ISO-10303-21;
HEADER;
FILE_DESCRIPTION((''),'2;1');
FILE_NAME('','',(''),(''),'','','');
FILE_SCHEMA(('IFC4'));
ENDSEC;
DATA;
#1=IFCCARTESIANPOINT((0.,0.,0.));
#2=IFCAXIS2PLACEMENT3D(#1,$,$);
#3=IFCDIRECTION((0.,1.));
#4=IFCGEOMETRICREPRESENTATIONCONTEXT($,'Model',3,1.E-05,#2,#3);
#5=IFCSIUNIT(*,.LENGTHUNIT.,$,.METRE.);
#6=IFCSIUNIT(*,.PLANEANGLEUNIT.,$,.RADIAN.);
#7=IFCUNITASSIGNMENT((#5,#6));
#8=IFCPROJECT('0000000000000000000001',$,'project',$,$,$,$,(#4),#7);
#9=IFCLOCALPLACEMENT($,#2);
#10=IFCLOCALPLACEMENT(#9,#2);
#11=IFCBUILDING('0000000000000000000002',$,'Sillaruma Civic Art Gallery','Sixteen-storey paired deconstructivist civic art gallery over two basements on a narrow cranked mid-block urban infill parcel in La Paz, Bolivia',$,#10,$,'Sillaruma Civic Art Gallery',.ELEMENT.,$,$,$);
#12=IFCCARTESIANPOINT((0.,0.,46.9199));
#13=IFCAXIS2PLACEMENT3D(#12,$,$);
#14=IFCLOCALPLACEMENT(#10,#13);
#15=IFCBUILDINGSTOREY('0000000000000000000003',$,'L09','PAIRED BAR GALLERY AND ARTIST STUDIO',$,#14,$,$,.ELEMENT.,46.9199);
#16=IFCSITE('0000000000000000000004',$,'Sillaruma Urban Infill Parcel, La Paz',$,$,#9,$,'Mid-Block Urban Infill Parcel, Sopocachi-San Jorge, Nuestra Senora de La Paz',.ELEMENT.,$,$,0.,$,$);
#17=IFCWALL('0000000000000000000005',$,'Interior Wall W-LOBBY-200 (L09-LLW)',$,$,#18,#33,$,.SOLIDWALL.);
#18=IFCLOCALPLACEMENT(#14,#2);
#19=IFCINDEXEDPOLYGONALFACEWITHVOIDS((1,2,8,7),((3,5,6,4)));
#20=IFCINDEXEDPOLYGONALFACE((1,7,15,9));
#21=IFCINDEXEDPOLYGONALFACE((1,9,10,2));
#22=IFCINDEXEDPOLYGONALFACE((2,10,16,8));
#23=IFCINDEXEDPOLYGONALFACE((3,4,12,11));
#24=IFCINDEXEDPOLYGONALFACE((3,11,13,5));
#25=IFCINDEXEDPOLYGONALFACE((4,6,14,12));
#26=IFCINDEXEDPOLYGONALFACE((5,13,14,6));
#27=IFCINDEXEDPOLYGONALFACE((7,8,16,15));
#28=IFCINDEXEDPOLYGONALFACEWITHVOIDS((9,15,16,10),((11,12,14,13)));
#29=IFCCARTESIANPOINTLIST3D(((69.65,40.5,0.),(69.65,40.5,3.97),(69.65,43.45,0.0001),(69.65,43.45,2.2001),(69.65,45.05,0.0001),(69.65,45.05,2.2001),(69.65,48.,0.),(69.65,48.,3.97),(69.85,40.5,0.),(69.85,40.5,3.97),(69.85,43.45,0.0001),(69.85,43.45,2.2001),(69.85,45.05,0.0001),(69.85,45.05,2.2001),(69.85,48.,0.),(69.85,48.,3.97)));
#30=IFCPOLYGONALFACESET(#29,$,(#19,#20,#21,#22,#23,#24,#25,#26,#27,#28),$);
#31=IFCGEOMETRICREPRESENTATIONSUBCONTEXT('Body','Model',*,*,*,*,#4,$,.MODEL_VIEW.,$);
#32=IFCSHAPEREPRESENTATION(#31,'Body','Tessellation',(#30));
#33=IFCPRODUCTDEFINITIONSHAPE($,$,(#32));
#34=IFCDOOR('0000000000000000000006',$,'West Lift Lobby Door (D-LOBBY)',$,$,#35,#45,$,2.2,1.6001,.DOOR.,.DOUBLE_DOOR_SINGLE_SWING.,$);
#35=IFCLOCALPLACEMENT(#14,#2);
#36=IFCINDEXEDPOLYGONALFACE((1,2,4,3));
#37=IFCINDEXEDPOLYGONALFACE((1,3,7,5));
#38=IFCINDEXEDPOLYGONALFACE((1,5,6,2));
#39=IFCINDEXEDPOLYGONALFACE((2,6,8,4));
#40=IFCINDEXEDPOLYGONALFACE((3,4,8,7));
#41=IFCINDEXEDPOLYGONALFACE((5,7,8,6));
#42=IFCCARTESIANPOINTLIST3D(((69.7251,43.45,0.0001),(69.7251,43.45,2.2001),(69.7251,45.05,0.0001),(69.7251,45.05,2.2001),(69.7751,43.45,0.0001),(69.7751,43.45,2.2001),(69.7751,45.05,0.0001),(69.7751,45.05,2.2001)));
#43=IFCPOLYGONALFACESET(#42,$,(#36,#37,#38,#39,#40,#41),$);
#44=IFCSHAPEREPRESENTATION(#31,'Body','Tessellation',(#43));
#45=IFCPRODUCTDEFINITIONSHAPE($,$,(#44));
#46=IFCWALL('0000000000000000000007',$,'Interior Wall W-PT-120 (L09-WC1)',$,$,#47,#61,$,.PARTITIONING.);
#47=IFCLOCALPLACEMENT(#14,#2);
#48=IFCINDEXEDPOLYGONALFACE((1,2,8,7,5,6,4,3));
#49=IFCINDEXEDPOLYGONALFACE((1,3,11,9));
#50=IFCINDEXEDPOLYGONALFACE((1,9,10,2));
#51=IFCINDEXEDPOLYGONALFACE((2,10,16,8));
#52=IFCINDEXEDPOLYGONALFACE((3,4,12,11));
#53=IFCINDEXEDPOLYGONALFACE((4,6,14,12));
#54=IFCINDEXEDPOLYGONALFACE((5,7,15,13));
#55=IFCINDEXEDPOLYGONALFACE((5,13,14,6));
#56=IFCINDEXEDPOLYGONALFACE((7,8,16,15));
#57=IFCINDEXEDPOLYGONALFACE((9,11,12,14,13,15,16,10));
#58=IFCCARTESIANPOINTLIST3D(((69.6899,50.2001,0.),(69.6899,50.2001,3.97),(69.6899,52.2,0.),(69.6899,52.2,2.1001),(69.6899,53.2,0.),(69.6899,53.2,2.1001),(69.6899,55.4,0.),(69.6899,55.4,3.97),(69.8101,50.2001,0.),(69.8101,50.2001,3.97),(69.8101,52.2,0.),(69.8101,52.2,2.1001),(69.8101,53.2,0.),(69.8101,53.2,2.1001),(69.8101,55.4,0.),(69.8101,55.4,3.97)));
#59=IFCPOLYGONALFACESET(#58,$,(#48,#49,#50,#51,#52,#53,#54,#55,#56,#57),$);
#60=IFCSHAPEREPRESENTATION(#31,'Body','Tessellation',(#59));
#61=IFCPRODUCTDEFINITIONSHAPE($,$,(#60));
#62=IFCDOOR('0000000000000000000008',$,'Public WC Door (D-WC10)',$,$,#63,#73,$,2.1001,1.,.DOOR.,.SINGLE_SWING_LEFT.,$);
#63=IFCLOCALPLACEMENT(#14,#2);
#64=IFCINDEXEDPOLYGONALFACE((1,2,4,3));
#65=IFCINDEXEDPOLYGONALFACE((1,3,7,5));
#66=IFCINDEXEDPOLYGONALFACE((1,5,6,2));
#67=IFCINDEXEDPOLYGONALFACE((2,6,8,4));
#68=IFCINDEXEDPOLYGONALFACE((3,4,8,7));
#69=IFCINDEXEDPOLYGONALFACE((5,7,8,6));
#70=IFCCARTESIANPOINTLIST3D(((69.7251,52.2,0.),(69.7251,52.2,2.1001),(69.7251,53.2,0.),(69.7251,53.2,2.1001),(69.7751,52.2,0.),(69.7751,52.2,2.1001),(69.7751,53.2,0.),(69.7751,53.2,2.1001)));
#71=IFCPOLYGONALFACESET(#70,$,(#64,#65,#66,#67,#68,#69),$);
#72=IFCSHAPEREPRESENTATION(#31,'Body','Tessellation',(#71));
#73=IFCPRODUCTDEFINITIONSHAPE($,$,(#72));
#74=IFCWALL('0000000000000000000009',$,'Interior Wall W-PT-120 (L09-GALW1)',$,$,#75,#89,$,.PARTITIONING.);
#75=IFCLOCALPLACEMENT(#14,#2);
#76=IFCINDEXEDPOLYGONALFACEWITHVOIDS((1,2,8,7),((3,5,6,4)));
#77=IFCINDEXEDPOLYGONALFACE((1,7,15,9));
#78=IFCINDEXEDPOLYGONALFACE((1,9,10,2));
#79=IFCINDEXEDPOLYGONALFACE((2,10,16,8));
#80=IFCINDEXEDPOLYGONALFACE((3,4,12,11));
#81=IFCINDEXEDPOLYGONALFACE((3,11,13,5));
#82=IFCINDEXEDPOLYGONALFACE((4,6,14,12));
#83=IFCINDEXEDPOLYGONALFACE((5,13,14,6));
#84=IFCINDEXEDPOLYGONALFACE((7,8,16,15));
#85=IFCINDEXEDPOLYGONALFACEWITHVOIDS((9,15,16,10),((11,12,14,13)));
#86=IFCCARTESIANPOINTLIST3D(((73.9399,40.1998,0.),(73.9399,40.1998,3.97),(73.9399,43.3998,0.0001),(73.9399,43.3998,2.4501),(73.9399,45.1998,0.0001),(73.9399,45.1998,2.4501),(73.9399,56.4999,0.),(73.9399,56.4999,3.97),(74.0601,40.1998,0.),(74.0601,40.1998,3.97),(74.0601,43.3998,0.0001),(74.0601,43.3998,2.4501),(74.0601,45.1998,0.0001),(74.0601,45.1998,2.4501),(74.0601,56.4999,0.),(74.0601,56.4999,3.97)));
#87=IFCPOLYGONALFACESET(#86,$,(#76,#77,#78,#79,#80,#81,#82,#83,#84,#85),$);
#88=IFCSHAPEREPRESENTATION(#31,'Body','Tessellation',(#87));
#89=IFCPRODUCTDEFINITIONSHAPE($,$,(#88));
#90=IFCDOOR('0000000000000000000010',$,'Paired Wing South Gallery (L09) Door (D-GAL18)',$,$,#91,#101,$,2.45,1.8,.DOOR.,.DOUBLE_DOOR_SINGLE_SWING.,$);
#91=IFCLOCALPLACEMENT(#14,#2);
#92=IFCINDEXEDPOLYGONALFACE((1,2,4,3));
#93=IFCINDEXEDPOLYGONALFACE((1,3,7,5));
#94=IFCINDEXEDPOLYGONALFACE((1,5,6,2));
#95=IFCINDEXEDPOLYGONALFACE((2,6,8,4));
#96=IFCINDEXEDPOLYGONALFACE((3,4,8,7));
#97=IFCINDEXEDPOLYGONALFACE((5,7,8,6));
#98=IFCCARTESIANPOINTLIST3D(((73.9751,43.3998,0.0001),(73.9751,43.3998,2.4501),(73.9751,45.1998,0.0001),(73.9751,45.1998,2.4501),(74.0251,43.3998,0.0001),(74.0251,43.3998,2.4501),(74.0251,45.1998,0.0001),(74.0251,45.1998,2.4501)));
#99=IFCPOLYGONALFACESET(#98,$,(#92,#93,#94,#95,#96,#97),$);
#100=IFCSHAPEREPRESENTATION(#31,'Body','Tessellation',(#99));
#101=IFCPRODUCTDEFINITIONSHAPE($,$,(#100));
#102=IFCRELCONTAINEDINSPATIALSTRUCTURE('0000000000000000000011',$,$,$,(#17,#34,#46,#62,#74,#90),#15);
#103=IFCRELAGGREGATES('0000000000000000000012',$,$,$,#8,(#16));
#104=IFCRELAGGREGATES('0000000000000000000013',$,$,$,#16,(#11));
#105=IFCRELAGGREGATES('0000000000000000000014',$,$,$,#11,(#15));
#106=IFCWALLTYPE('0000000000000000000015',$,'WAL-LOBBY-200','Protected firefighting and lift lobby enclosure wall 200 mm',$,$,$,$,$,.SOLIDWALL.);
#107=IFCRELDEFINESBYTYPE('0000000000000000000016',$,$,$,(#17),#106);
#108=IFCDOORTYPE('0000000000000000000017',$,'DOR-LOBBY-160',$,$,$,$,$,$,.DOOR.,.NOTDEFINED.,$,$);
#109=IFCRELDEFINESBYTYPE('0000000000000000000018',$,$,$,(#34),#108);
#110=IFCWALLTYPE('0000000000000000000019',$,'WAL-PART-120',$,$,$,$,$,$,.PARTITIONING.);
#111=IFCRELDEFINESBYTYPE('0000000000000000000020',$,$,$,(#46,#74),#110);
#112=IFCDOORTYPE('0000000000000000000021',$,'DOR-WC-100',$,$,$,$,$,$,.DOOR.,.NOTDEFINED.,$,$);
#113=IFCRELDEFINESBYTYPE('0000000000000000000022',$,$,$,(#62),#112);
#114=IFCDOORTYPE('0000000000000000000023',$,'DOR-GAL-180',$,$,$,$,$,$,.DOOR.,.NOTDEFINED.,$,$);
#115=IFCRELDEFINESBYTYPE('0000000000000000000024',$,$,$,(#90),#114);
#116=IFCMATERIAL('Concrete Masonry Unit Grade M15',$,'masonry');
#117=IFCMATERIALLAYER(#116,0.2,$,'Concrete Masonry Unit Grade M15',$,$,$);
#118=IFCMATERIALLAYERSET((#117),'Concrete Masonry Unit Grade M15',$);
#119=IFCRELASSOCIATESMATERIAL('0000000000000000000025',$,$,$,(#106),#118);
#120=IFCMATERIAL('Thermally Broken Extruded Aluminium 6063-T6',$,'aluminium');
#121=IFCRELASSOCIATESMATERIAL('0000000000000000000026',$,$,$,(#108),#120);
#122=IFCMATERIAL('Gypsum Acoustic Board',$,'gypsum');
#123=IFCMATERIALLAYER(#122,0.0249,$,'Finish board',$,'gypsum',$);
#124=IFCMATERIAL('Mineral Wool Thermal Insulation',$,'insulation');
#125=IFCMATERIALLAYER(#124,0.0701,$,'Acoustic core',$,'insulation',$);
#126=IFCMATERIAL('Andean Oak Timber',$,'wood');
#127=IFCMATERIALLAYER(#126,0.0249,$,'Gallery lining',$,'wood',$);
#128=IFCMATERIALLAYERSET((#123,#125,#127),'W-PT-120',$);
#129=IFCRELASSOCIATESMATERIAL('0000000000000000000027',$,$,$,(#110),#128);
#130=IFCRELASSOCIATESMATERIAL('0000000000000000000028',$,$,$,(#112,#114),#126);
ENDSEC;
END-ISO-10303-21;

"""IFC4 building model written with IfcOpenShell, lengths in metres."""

from ifc_helpers import new_model, si_unit, direction, frame, frame_2d, origin, place, context, subcontext, project, spatial, rectangle, extrude, material, layer, layer_set, type_object, element, fill, save


model = new_model("IFC4")

# Units and contexts
model_context = context("Model", 3, precision=1e-05, world=origin(), true_north=direction((0.0, 1.0)))
body_context = subcontext(model_context, "Body", "Model", "MODEL_VIEW")
ifc_project = project(units=[si_unit("LENGTHUNIT", "METRE"), si_unit("PLANEANGLEUNIT", "RADIAN")], contexts=[model_context])

# Site, building, storey
site_placement = place(None, origin())
site = spatial("IfcSite", under=ifc_project, at=site_placement, Name="Sillaruma Urban Infill Parcel, La Paz", LongName="Mid-Block Urban Infill Parcel, Sopocachi-San Jorge, Nuestra Senora de La Paz", CompositionType="ELEMENT", RefElevation=0.0)
building_placement = place(site_placement, origin())
building = spatial("IfcBuilding", under=site, at=building_placement, Name="Sillaruma Civic Art Gallery", Description="Sixteen-storey paired deconstructivist civic art gallery over two basements on a narrow cranked mid-block urban infill parcel in La Paz, Bolivia", LongName="Sillaruma Civic Art Gallery", CompositionType="ELEMENT")
storey_placement = place(building_placement, frame((0.0, 0.0, 46.9199)))
storey = spatial("IfcBuildingStorey", under=building, at=storey_placement, Name="L09", Description="PAIRED BAR GALLERY AND ARTIST STUDIO", CompositionType="ELEMENT", Elevation=46.9199)

# Walls, openings, doors
ifc_material_1 = material(Name="Concrete Masonry Unit Grade M15", Category="masonry")
ifc_layer_1 = layer(ifc_material_1, 0.2, Name="Concrete Masonry Unit Grade M15")
ifc_layer_set_1 = layer_set([ifc_layer_1], Name="Concrete Masonry Unit Grade M15")
wall_type_1 = type_object("IfcWallType", Name="WAL-LOBBY-200", Description="Protected firefighting and lift lobby enclosure wall 200 mm", PredefinedType="SOLIDWALL", material=ifc_layer_set_1)
wall_1_placement = place(storey_placement, frame((69.75, 40.5, 0.0), z_axis=(0.0, 0.0, 1.0), x_axis=(0.0, 1.0, 0.0)))
wall_1 = element("IfcWall", 1, at=wall_1_placement, inside=storey, type_object=wall_type_1, Name="Interior Wall W-LOBBY-200 (L09-LLW)", PredefinedType="SOLIDWALL", context=body_context, shape_type="SweptSolid", body=[
    extrude(rectangle(XDim=7.5, YDim=0.2, at=frame_2d((3.75, 0.0))), origin(), (0.0, 0.0, 1.0), 3.97),
])
opening_1_placement = place(wall_1_placement, frame((2.95, 0.0, 0.0)))
opening_1 = element("IfcOpeningElement", 2, at=opening_1_placement, cuts=wall_1, PredefinedType="OPENING", context=body_context, shape_type="SweptSolid", body=[
    extrude(rectangle(XDim=1.6001, YDim=2.2, at=frame_2d((0.8, 1.1001))), frame((0.0, 0.1099, 0.0), z_axis=(0.0, -1.0, 0.0), x_axis=(1.0, 0.0, 0.0)), (0.0, 0.0, 1.0), 0.22),
])
ifc_material_2 = material(Name="Thermally Broken Extruded Aluminium 6063-T6", Category="aluminium")
door_type_1 = type_object("IfcDoorType", Name="DOR-LOBBY-160", OperationType="NOTDEFINED", PredefinedType="DOOR", material=ifc_material_2)
door_1_placement = place(opening_1_placement, origin())
door_1 = element("IfcDoor", 3, at=door_1_placement, inside=storey, type_object=door_type_1, Name="West Lift Lobby Door (D-LOBBY)", OperationType="DOUBLE_DOOR_SINGLE_SWING", OverallHeight=2.2, OverallWidth=1.6001, PredefinedType="DOOR", context=body_context, shape_type="SweptSolid", body=[
    extrude(rectangle(XDim=1.6001, YDim=2.2, at=frame_2d((0.8, 1.1001))), frame((0.0, 0.0249, 0.0), z_axis=(0.0, -1.0, 0.0), x_axis=(1.0, 0.0, 0.0)), (0.0, 0.0, 1.0), 0.05),
])
fill(opening_1, door_1)
ifc_material_3 = material(Name="Gypsum Acoustic Board", Category="gypsum")
ifc_layer_2 = layer(ifc_material_3, 0.0249, Name="Finish board", Category="gypsum")
ifc_material_4 = material(Name="Mineral Wool Thermal Insulation", Category="insulation")
ifc_layer_3 = layer(ifc_material_4, 0.0701, Name="Acoustic core", Category="insulation")
ifc_material_5 = material(Name="Andean Oak Timber", Category="wood")
ifc_layer_4 = layer(ifc_material_5, 0.0249, Name="Gallery lining", Category="wood")
ifc_layer_set_2 = layer_set([ifc_layer_2, ifc_layer_3, ifc_layer_4], Name="W-PT-120")
wall_type_2 = type_object("IfcWallType", Name="WAL-PART-120", PredefinedType="PARTITIONING", material=ifc_layer_set_2)
wall_2_placement = place(storey_placement, frame((69.75, 50.2, 0.0), z_axis=(0.0, 0.0, 1.0), x_axis=(0.0, 1.0, 0.0)))
wall_2 = element("IfcWall", 4, at=wall_2_placement, inside=storey, type_object=wall_type_2, Name="Interior Wall W-PT-120 (L09-WC1)", PredefinedType="PARTITIONING", context=body_context, shape_type="SweptSolid", body=[
    extrude(rectangle(XDim=5.2, YDim=0.1201, at=frame_2d((2.6001, 0.0))), origin(), (0.0, 0.0, 1.0), 3.97),
])
opening_2_placement = place(wall_2_placement, frame((2.0, 0.0, 0.0)))
opening_2 = element("IfcOpeningElement", 5, at=opening_2_placement, cuts=wall_2, PredefinedType="OPENING", context=body_context, shape_type="SweptSolid", body=[
    extrude(rectangle(XDim=1.0, YDim=2.1001, at=frame_2d((0.5, 1.05))), frame((0.0, 0.0701, 0.0), z_axis=(0.0, -1.0, 0.0), x_axis=(1.0, 0.0, 0.0)), (0.0, 0.0, 1.0), 0.1401),
])
door_type_2 = type_object("IfcDoorType", Name="DOR-WC-100", OperationType="NOTDEFINED", PredefinedType="DOOR", material=ifc_material_5)
door_2_placement = place(opening_2_placement, origin())
door_2 = element("IfcDoor", 6, at=door_2_placement, inside=storey, type_object=door_type_2, Name="Public WC Door (D-WC10)", OperationType="SINGLE_SWING_LEFT", OverallHeight=2.1001, OverallWidth=1.0, PredefinedType="DOOR", context=body_context, shape_type="SweptSolid", body=[
    extrude(rectangle(XDim=1.0, YDim=2.1001, at=frame_2d((0.5, 1.05))), frame((0.0, 0.0249, 0.0), z_axis=(0.0, -1.0, 0.0), x_axis=(1.0, 0.0, 0.0)), (0.0, 0.0, 1.0), 0.05),
])
fill(opening_2, door_2)
wall_3_placement = place(storey_placement, frame((74.0, 40.2, 0.0), z_axis=(0.0, 0.0, 1.0), x_axis=(0.0, 1.0, 0.0)))
wall_3 = element("IfcWall", 7, at=wall_3_placement, inside=storey, type_object=wall_type_2, Name="Interior Wall W-PT-120 (L09-GALW1)", PredefinedType="PARTITIONING", context=body_context, shape_type="SweptSolid", body=[
    extrude(rectangle(XDim=16.3, YDim=0.1201, at=frame_2d((8.1499, 0.0))), origin(), (0.0, 0.0, 1.0), 3.97),
])
opening_3_placement = place(wall_3_placement, frame((3.2, 0.0, 0.0)))
opening_3 = element("IfcOpeningElement", 8, at=opening_3_placement, cuts=wall_3, PredefinedType="OPENING", context=body_context, shape_type="SweptSolid", body=[
    extrude(rectangle(XDim=1.8, YDim=2.45, at=frame_2d((0.8999, 1.2251))), frame((0.0, 0.0701, 0.0), z_axis=(0.0, -1.0, 0.0), x_axis=(1.0, 0.0, 0.0)), (0.0, 0.0, 1.0), 0.1401),
])
door_type_3 = type_object("IfcDoorType", Name="DOR-GAL-180", OperationType="NOTDEFINED", PredefinedType="DOOR", material=ifc_material_5)
door_3_placement = place(opening_3_placement, origin())
door_3 = element("IfcDoor", 9, at=door_3_placement, inside=storey, type_object=door_type_3, Name="Paired Wing South Gallery (L09) Door (D-GAL18)", OperationType="DOUBLE_DOOR_SINGLE_SWING", OverallHeight=2.45, OverallWidth=1.8, PredefinedType="DOOR", context=body_context, shape_type="SweptSolid", body=[
    extrude(rectangle(XDim=1.8, YDim=2.45, at=frame_2d((0.8999, 1.2251))), frame((0.0, 0.0249, 0.0), z_axis=(0.0, -1.0, 0.0), x_axis=(1.0, 0.0, 0.0)), (0.0, 0.0, 1.0), 0.05),
])
fill(opening_3, door_3)

save(model, "model.ifc")
